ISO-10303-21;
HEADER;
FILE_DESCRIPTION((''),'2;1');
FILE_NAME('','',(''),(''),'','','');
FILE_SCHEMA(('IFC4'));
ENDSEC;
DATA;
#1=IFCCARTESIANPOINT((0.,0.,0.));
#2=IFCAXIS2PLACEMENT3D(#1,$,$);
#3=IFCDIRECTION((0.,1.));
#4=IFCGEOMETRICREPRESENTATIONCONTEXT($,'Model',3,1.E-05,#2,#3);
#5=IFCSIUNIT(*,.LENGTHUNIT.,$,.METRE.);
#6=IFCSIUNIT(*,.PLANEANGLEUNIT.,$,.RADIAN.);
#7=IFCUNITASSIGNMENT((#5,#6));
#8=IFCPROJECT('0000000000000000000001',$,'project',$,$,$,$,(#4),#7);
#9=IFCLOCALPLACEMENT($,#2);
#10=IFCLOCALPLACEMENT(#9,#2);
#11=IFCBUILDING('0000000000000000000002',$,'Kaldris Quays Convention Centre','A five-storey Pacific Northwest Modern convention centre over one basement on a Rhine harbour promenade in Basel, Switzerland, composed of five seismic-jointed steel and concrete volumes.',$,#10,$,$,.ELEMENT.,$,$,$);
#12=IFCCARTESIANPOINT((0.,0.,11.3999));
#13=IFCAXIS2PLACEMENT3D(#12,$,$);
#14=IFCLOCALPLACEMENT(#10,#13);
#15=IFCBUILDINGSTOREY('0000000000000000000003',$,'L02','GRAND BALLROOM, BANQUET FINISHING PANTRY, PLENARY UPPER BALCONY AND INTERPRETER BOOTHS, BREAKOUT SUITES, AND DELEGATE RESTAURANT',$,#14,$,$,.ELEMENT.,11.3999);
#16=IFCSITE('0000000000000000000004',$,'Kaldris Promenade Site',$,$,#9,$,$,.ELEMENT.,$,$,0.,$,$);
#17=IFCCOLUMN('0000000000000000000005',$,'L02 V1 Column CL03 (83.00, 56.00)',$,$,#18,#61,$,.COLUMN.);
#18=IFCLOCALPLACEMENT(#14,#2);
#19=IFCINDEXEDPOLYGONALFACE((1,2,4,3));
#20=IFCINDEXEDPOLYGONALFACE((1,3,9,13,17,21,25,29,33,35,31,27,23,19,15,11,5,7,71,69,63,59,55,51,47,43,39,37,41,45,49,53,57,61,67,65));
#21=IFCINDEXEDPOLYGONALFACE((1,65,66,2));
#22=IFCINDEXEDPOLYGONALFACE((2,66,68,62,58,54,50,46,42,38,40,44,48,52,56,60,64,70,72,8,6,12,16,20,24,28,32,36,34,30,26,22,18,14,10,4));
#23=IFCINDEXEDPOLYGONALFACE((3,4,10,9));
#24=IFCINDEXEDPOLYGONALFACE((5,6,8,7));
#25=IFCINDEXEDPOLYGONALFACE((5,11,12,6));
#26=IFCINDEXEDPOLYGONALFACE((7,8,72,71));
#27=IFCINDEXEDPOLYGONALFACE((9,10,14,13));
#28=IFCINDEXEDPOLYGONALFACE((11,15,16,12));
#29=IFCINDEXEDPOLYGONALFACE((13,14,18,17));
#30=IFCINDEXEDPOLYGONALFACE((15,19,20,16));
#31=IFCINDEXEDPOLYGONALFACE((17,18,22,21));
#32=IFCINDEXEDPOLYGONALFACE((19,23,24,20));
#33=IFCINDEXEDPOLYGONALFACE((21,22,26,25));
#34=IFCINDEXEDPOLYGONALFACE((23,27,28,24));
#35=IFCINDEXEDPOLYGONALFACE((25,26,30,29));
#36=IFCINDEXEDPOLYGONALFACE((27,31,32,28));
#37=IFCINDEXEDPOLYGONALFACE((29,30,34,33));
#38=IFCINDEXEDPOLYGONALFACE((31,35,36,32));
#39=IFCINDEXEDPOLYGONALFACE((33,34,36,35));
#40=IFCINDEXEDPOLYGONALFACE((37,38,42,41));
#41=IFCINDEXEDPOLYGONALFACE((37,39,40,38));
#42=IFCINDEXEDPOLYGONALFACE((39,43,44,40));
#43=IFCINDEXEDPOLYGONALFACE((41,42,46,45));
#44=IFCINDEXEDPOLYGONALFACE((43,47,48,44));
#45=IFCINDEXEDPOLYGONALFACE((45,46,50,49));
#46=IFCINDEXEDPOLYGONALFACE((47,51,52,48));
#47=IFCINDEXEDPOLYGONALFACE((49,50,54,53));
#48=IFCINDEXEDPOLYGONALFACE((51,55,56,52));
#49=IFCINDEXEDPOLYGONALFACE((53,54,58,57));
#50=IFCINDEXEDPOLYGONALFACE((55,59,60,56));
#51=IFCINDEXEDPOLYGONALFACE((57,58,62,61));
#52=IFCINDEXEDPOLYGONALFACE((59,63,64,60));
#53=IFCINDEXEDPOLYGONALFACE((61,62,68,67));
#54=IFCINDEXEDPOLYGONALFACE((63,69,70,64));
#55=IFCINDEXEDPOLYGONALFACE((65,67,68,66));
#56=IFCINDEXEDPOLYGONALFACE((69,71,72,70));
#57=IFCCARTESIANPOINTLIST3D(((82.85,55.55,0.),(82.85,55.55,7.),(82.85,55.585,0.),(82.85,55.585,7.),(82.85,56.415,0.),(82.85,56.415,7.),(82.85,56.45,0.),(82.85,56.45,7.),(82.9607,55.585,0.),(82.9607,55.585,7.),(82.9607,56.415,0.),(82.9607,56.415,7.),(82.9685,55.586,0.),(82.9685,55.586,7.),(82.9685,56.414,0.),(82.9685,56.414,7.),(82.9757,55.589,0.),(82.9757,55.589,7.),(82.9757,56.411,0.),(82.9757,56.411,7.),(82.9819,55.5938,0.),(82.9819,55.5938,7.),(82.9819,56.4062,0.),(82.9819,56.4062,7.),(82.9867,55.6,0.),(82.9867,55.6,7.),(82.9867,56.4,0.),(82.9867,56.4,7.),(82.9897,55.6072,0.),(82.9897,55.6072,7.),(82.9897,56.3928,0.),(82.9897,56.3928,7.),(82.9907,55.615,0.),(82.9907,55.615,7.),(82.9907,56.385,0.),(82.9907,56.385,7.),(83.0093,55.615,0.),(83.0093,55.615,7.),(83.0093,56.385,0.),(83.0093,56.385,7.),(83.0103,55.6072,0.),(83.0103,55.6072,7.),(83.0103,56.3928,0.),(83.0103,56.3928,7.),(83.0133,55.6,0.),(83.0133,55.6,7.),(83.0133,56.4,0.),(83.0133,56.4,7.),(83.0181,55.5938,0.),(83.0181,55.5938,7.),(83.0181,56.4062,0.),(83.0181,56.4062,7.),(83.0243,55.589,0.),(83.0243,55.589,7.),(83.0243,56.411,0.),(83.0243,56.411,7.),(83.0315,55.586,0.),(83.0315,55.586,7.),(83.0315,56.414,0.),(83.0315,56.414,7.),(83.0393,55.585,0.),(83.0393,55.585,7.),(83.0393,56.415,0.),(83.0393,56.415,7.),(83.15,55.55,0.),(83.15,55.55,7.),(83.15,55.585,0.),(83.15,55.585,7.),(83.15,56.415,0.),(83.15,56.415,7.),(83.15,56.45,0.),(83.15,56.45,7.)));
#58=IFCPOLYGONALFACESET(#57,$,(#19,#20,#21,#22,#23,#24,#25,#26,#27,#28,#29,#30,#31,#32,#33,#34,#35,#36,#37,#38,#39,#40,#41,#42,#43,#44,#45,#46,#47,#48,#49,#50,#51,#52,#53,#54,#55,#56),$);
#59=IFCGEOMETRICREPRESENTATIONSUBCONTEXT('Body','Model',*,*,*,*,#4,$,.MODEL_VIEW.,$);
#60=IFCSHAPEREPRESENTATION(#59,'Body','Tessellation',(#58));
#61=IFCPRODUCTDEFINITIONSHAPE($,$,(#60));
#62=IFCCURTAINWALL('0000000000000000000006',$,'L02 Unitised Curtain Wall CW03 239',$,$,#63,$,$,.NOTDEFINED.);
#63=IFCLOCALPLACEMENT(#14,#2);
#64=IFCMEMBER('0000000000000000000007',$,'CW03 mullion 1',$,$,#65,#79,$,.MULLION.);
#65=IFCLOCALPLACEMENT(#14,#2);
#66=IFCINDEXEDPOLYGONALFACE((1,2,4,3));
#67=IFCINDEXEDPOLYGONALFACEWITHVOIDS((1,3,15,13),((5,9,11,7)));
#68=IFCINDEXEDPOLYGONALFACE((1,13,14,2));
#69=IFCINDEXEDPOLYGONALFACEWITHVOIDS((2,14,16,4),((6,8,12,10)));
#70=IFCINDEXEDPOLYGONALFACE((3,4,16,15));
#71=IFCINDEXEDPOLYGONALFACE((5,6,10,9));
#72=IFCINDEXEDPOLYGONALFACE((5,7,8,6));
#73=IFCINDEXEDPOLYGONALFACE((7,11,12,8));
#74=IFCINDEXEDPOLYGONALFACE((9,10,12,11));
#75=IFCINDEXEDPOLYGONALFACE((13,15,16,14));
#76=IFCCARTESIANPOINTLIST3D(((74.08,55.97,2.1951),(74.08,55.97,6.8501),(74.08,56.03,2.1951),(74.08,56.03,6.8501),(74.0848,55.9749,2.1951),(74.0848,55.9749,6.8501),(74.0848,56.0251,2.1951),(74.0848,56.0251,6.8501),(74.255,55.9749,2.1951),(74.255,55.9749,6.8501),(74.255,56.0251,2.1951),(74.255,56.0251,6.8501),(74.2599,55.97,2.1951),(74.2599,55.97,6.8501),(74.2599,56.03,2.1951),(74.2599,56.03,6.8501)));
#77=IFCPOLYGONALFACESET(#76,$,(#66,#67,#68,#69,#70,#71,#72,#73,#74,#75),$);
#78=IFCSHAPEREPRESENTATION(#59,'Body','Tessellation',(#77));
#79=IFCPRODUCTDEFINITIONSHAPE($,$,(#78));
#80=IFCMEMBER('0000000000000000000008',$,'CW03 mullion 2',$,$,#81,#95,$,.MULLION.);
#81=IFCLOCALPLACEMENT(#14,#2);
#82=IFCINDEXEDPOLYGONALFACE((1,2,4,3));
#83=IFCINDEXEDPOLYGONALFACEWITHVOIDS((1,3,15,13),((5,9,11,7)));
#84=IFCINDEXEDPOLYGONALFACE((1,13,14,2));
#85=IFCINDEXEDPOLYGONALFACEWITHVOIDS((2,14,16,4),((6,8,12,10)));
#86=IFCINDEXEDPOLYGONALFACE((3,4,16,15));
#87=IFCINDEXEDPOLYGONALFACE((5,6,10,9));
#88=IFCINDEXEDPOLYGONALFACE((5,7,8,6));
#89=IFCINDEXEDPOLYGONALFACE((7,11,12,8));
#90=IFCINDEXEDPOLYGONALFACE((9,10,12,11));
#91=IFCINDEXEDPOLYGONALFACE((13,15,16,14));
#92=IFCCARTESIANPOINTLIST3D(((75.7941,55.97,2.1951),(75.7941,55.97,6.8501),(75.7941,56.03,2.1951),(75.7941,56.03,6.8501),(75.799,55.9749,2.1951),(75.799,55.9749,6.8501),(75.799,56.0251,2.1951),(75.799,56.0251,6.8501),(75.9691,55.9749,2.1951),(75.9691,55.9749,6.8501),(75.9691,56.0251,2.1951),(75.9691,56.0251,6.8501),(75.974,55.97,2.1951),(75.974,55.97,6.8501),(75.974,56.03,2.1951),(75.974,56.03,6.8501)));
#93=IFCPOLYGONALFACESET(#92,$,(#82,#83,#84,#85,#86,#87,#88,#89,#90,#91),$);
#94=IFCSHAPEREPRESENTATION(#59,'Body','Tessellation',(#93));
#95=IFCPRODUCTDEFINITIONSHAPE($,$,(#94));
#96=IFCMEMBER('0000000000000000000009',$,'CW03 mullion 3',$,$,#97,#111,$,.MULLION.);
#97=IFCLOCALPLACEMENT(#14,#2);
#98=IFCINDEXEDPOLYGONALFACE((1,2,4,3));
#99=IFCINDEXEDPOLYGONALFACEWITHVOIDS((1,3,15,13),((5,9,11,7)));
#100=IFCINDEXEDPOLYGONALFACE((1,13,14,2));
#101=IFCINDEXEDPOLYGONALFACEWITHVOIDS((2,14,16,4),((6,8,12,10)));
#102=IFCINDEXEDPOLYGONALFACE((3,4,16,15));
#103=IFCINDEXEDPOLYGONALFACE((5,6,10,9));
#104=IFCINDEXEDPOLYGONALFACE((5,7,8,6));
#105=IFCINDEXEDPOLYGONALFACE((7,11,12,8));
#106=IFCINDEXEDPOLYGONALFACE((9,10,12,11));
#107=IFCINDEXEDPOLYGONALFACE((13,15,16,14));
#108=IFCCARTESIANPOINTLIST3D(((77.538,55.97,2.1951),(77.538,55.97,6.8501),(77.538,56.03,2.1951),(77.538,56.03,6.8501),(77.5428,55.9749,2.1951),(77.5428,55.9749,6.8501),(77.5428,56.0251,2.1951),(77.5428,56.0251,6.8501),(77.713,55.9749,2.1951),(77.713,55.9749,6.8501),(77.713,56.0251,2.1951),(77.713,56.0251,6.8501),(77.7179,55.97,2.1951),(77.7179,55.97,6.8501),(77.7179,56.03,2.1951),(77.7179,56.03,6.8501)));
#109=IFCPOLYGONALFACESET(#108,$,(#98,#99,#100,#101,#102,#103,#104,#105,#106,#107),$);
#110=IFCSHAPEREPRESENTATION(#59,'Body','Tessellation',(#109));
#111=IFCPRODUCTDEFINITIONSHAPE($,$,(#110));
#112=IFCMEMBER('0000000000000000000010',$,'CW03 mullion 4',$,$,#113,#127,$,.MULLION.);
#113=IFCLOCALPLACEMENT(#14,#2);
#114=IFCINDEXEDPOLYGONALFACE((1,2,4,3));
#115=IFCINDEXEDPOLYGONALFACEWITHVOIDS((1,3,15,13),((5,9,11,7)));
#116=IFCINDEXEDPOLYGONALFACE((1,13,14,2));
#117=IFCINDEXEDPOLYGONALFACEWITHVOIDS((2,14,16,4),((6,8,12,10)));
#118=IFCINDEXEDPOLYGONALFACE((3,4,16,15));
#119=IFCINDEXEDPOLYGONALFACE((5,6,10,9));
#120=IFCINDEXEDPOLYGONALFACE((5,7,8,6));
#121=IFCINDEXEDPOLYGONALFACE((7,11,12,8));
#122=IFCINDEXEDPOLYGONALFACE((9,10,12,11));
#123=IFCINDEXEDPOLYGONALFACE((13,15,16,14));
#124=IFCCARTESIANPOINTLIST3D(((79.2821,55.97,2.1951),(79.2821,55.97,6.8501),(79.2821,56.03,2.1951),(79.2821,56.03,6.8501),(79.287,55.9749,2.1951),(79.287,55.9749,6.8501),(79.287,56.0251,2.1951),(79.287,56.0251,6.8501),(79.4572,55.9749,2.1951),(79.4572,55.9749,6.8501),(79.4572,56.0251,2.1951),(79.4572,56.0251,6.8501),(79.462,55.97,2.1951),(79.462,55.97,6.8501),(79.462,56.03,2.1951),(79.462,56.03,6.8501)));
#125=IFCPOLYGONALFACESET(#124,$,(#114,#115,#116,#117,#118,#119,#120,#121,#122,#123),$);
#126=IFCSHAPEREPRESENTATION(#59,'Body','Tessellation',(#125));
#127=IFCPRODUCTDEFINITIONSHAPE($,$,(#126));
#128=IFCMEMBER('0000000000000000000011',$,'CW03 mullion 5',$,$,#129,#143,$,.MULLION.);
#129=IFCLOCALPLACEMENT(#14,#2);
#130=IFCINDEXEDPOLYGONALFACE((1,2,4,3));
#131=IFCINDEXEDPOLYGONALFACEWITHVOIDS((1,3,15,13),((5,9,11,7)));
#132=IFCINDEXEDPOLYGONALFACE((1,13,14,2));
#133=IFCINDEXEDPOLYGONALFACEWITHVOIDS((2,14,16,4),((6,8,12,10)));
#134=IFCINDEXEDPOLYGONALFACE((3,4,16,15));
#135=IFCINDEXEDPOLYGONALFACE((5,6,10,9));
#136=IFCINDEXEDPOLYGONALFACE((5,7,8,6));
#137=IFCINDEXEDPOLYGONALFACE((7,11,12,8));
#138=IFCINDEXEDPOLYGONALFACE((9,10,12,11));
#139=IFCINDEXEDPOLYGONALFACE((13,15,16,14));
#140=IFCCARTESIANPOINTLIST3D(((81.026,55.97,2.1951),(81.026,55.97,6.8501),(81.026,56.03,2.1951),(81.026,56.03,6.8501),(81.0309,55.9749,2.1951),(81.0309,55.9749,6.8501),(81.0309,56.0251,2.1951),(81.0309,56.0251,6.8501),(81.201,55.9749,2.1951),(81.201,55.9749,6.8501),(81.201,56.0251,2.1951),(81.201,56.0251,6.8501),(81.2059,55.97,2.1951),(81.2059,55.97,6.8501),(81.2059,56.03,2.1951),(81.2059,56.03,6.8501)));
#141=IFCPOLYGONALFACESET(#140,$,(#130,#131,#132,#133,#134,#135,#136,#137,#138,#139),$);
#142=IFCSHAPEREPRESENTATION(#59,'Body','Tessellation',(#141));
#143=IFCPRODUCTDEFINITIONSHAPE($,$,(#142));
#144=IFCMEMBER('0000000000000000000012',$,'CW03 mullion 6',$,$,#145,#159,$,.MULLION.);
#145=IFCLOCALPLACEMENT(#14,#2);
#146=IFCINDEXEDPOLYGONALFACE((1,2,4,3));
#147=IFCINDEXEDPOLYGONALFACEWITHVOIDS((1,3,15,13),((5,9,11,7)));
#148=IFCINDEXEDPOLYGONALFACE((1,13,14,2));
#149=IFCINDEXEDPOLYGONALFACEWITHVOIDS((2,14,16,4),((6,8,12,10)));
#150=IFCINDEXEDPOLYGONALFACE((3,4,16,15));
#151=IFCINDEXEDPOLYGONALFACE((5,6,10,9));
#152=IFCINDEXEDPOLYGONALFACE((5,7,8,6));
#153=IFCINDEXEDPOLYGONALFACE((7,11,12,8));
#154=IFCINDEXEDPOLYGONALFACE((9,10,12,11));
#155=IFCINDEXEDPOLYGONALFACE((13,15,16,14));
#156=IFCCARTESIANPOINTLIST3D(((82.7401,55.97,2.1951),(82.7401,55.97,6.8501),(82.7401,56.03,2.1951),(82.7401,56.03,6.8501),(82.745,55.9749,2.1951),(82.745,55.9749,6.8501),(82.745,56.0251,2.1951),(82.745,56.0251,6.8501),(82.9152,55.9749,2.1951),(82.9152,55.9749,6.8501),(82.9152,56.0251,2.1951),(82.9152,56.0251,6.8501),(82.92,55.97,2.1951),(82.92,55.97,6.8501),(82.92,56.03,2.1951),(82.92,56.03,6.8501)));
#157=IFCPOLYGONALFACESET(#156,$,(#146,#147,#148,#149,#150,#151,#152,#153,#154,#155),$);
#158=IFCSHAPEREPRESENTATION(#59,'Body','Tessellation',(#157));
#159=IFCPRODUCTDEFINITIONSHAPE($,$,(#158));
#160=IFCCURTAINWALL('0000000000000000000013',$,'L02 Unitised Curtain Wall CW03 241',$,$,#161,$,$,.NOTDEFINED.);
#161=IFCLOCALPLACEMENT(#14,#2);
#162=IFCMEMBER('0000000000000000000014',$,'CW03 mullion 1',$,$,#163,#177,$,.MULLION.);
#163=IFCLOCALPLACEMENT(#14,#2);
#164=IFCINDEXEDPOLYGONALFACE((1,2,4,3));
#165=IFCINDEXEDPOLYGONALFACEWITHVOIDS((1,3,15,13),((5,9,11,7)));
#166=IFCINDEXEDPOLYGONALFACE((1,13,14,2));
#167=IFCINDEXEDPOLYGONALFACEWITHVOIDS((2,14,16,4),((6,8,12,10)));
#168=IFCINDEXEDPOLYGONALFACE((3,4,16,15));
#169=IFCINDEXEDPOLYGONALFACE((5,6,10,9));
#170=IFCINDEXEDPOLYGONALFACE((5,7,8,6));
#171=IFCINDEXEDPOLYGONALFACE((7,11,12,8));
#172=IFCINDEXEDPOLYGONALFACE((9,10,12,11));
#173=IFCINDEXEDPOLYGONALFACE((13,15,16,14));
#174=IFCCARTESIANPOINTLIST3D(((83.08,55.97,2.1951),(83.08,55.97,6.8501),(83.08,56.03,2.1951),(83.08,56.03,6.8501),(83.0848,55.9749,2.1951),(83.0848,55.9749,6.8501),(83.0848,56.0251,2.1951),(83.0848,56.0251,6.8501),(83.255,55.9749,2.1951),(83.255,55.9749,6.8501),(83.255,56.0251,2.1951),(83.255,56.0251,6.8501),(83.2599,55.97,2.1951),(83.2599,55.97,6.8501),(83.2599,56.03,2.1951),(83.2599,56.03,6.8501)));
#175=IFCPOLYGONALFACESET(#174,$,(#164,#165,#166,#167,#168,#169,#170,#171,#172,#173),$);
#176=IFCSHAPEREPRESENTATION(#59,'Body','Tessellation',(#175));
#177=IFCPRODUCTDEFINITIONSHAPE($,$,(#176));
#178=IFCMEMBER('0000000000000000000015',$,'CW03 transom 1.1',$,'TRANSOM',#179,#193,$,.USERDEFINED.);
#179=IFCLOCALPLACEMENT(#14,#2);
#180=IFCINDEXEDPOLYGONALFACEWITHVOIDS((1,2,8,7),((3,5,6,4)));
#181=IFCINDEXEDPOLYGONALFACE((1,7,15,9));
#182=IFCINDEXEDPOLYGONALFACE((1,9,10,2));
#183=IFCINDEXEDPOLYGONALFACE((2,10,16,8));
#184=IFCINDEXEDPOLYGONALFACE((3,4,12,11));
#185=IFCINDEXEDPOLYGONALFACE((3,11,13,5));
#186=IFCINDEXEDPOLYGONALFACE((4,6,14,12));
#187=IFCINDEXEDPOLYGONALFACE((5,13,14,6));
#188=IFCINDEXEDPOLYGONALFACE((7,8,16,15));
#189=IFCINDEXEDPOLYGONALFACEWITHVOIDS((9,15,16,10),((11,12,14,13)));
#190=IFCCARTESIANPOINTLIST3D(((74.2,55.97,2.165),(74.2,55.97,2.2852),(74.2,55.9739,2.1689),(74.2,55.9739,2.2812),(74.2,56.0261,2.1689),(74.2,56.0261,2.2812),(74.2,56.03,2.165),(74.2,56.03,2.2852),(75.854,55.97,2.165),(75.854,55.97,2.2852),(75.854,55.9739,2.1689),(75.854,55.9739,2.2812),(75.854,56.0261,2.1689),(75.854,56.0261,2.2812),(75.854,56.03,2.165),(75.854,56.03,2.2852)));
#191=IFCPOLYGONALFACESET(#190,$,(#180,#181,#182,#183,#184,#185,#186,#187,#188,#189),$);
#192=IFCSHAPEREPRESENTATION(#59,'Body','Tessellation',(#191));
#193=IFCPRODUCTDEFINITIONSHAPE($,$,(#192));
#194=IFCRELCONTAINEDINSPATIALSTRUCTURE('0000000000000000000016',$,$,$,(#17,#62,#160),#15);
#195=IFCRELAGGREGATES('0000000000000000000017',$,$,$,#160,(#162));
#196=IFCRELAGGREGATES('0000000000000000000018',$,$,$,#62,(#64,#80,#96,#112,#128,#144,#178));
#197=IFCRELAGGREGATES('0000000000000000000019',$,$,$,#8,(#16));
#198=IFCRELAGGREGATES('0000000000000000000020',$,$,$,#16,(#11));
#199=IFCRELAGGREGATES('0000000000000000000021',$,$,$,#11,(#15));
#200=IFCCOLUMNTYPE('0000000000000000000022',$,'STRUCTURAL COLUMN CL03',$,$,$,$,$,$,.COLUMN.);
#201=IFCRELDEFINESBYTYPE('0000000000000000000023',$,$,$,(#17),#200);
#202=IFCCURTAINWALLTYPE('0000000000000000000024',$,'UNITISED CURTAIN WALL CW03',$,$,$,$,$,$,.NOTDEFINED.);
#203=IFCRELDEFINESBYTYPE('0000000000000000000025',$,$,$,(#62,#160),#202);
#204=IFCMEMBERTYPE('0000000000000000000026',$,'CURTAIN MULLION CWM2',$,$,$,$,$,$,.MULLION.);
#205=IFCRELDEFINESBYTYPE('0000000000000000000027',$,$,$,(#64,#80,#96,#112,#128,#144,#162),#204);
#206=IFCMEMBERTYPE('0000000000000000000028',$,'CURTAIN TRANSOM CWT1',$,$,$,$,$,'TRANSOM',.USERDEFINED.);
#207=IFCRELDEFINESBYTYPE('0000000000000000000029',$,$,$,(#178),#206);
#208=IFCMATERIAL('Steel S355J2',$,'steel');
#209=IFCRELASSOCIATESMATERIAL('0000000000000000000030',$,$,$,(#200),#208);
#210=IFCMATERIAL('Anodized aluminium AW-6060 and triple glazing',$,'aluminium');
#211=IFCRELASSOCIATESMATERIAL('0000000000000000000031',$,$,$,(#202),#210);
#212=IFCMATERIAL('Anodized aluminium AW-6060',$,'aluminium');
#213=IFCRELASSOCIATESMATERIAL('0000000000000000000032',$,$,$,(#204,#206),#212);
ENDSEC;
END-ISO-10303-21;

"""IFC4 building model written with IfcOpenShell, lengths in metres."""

from ifc_helpers import new_model, si_unit, direction, frame, origin, origin_2d, place, context, subcontext, project, spatial, hollow_rectangle, i_section, extrude, material, material_profile, profile_set, type_object, element, aggregate, save


model = new_model("IFC4")

# Units and contexts
model_context = context("Model", 3, precision=1e-05, world=origin(), true_north=direction((0.0, 1.0)))
body_context = subcontext(model_context, "Body", "Model", "MODEL_VIEW")
ifc_project = project(units=[si_unit("LENGTHUNIT", "METRE"), si_unit("PLANEANGLEUNIT", "RADIAN")], contexts=[model_context])

# Site, building, storey
site_placement = place(None, origin())
site = spatial("IfcSite", under=ifc_project, at=site_placement, Name="Kaldris Promenade Site", CompositionType="ELEMENT", RefElevation=0.0)
building_placement = place(site_placement, origin())
building = spatial("IfcBuilding", under=site, at=building_placement, Name="Kaldris Quays Convention Centre", Description="A five-storey Pacific Northwest Modern convention centre over one basement on a Rhine harbour promenade in Basel, Switzerland, composed of five seismic-jointed steel and concrete volumes.", CompositionType="ELEMENT")
storey_placement = place(building_placement, frame((0.0, 0.0, 11.3999)))
storey = spatial("IfcBuildingStorey", under=building, at=storey_placement, Name="L02", Description="GRAND BALLROOM, BANQUET FINISHING PANTRY, PLENARY UPPER BALCONY AND INTERPRETER BOOTHS, BREAKOUT SUITES, AND DELEGATE RESTAURANT", CompositionType="ELEMENT", Elevation=11.3999)

# Column
ifc_material_1 = material(Name="Steel S355J2", Category="steel")
ifc_material_profile_1 = material_profile(ifc_material_1, i_section(OverallWidth=0.3, OverallDepth=0.8999, WebThickness=0.0186, FlangeThickness=0.0349, FilletRadius=0.03, at=origin_2d()), Name="HEB 900")
ifc_profile_set_1 = profile_set([ifc_material_profile_1], Name="Steel S355J2")
column_type = type_object("IfcColumnType", Name="STRUCTURAL COLUMN CL03", PredefinedType="COLUMN", material=ifc_profile_set_1)
column_placement = place(storey_placement, frame((83.0, 56.0, 0.0), z_axis=(0.0, 0.0, 1.0), x_axis=(1.0, 0.0, 0.0)))
element("IfcColumn", 1, at=column_placement, inside=storey, type_object=column_type, Name="L02 V1 Column CL03 (83.00, 56.00)", PredefinedType="COLUMN", context=body_context, shape_type="SweptSolid", body=[
    extrude(i_section(OverallWidth=0.3, OverallDepth=0.8999, WebThickness=0.0186, FlangeThickness=0.0349, FilletRadius=0.03, at=origin_2d()), origin(), (0.0, 0.0, 1.0), 7.0),
])

# Curtain wall, members
ifc_material_2 = material(Name="Anodized aluminium AW-6060 and triple glazing", Category="aluminium")
curtain_wall_type = type_object("IfcCurtainWallType", Name="UNITISED CURTAIN WALL CW03", PredefinedType="NOTDEFINED", material=ifc_material_2)
curtain_wall_1_placement = place(storey_placement, origin())
curtain_wall_1 = element("IfcCurtainWall", 2, at=curtain_wall_1_placement, inside=storey, type_object=curtain_wall_type, Name="L02 Unitised Curtain Wall CW03 239", PredefinedType="NOTDEFINED")
ifc_material_3 = material(Name="Anodized aluminium AW-6060", Category="aluminium")
ifc_material_profile_2 = material_profile(ifc_material_3, hollow_rectangle(XDim=0.0601, YDim=0.1799, WallThickness=0.0049, at=origin_2d()), Name="RHS 180x60x5")
ifc_profile_set_2 = profile_set([ifc_material_profile_2], Name="Anodized aluminium AW-6060")
member_type_1 = type_object("IfcMemberType", Name="CURTAIN MULLION CWM2", PredefinedType="MULLION", material=ifc_profile_set_2)
member_1_placement = place(storey_placement, frame((74.1699, 56.0, 2.1951), z_axis=(0.0, 0.0, 1.0), x_axis=(0.0, 1.0, 0.0)))
member_1 = element("IfcMember", 3, at=member_1_placement, type_object=member_type_1, Name="CW03 mullion 1", PredefinedType="MULLION", context=body_context, shape_type="SweptSolid", body=[
    extrude(hollow_rectangle(XDim=0.0601, YDim=0.1799, WallThickness=0.0049, at=origin_2d()), origin(), (0.0, 0.0, 1.0), 4.655),
])
member_2_placement = place(storey_placement, frame((75.884, 56.0, 2.1951), z_axis=(0.0, 0.0, 1.0), x_axis=(0.0, 1.0, 0.0)))
member_2 = element("IfcMember", 4, at=member_2_placement, type_object=member_type_1, Name="CW03 mullion 2", PredefinedType="MULLION", context=body_context, shape_type="SweptSolid", body=[
    extrude(hollow_rectangle(XDim=0.0601, YDim=0.1799, WallThickness=0.0049, at=origin_2d()), origin(), (0.0, 0.0, 1.0), 4.655),
])
member_3_placement = place(storey_placement, frame((77.6279, 56.0, 2.1951), z_axis=(0.0, 0.0, 1.0), x_axis=(0.0, 1.0, 0.0)))
member_3 = element("IfcMember", 5, at=member_3_placement, type_object=member_type_1, Name="CW03 mullion 3", PredefinedType="MULLION", context=body_context, shape_type="SweptSolid", body=[
    extrude(hollow_rectangle(XDim=0.0601, YDim=0.1799, WallThickness=0.0049, at=origin_2d()), origin(), (0.0, 0.0, 1.0), 4.655),
])
member_4_placement = place(storey_placement, frame((79.3721, 56.0, 2.1951), z_axis=(0.0, 0.0, 1.0), x_axis=(0.0, 1.0, 0.0)))
member_4 = element("IfcMember", 6, at=member_4_placement, type_object=member_type_1, Name="CW03 mullion 4", PredefinedType="MULLION", context=body_context, shape_type="SweptSolid", body=[
    extrude(hollow_rectangle(XDim=0.0601, YDim=0.1799, WallThickness=0.0049, at=origin_2d()), origin(), (0.0, 0.0, 1.0), 4.655),
])
member_5_placement = place(storey_placement, frame((81.116, 56.0, 2.1951), z_axis=(0.0, 0.0, 1.0), x_axis=(0.0, 1.0, 0.0)))
member_5 = element("IfcMember", 7, at=member_5_placement, type_object=member_type_1, Name="CW03 mullion 5", PredefinedType="MULLION", context=body_context, shape_type="SweptSolid", body=[
    extrude(hollow_rectangle(XDim=0.0601, YDim=0.1799, WallThickness=0.0049, at=origin_2d()), origin(), (0.0, 0.0, 1.0), 4.655),
])
member_6_placement = place(storey_placement, frame((82.8301, 56.0, 2.1951), z_axis=(0.0, 0.0, 1.0), x_axis=(0.0, 1.0, 0.0)))
member_6 = element("IfcMember", 8, at=member_6_placement, type_object=member_type_1, Name="CW03 mullion 6", PredefinedType="MULLION", context=body_context, shape_type="SweptSolid", body=[
    extrude(hollow_rectangle(XDim=0.0601, YDim=0.1799, WallThickness=0.0049, at=origin_2d()), origin(), (0.0, 0.0, 1.0), 4.655),
])

# Curtain wall, member
curtain_wall_2_placement = place(storey_placement, origin())
curtain_wall_2 = element("IfcCurtainWall", 9, at=curtain_wall_2_placement, inside=storey, type_object=curtain_wall_type, Name="L02 Unitised Curtain Wall CW03 241", PredefinedType="NOTDEFINED")
member_7_placement = place(storey_placement, frame((83.1699, 56.0, 2.1951), z_axis=(0.0, 0.0, 1.0), x_axis=(0.0, 1.0, 0.0)))
member_7 = element("IfcMember", 10, at=member_7_placement, type_object=member_type_1, Name="CW03 mullion 1", PredefinedType="MULLION", context=body_context, shape_type="SweptSolid", body=[
    extrude(hollow_rectangle(XDim=0.0601, YDim=0.1799, WallThickness=0.0049, at=origin_2d()), origin(), (0.0, 0.0, 1.0), 4.655),
])

# Member
ifc_material_profile_3 = material_profile(ifc_material_3, hollow_rectangle(XDim=0.0601, YDim=0.1201, WallThickness=0.0039, at=origin_2d()), Name="RHS 120x60x4")
ifc_profile_set_3 = profile_set([ifc_material_profile_3], Name="Anodized aluminium AW-6060")
member_type_2 = type_object("IfcMemberType", Name="CURTAIN TRANSOM CWT1", ElementType="TRANSOM", PredefinedType="USERDEFINED", material=ifc_profile_set_3)
member_8_placement = place(storey_placement, frame((74.2, 56.0, 2.2251), z_axis=(1.0, 0.0, 0.0), x_axis=(0.0, 1.0, 0.0)))
member_8 = element("IfcMember", 11, at=member_8_placement, type_object=member_type_2, Name="CW03 transom 1.1", ObjectType="TRANSOM", PredefinedType="USERDEFINED", context=body_context, shape_type="SweptSolid", body=[
    extrude(hollow_rectangle(XDim=0.0601, YDim=0.1201, WallThickness=0.0039, at=origin_2d()), origin(), (0.0, 0.0, 1.0), 1.6541),
])
aggregate(curtain_wall_2, [member_7])

aggregate(curtain_wall_1, [member_1, member_2, member_3, member_4, member_5, member_6, member_8])

save(model, "model.ifc")
